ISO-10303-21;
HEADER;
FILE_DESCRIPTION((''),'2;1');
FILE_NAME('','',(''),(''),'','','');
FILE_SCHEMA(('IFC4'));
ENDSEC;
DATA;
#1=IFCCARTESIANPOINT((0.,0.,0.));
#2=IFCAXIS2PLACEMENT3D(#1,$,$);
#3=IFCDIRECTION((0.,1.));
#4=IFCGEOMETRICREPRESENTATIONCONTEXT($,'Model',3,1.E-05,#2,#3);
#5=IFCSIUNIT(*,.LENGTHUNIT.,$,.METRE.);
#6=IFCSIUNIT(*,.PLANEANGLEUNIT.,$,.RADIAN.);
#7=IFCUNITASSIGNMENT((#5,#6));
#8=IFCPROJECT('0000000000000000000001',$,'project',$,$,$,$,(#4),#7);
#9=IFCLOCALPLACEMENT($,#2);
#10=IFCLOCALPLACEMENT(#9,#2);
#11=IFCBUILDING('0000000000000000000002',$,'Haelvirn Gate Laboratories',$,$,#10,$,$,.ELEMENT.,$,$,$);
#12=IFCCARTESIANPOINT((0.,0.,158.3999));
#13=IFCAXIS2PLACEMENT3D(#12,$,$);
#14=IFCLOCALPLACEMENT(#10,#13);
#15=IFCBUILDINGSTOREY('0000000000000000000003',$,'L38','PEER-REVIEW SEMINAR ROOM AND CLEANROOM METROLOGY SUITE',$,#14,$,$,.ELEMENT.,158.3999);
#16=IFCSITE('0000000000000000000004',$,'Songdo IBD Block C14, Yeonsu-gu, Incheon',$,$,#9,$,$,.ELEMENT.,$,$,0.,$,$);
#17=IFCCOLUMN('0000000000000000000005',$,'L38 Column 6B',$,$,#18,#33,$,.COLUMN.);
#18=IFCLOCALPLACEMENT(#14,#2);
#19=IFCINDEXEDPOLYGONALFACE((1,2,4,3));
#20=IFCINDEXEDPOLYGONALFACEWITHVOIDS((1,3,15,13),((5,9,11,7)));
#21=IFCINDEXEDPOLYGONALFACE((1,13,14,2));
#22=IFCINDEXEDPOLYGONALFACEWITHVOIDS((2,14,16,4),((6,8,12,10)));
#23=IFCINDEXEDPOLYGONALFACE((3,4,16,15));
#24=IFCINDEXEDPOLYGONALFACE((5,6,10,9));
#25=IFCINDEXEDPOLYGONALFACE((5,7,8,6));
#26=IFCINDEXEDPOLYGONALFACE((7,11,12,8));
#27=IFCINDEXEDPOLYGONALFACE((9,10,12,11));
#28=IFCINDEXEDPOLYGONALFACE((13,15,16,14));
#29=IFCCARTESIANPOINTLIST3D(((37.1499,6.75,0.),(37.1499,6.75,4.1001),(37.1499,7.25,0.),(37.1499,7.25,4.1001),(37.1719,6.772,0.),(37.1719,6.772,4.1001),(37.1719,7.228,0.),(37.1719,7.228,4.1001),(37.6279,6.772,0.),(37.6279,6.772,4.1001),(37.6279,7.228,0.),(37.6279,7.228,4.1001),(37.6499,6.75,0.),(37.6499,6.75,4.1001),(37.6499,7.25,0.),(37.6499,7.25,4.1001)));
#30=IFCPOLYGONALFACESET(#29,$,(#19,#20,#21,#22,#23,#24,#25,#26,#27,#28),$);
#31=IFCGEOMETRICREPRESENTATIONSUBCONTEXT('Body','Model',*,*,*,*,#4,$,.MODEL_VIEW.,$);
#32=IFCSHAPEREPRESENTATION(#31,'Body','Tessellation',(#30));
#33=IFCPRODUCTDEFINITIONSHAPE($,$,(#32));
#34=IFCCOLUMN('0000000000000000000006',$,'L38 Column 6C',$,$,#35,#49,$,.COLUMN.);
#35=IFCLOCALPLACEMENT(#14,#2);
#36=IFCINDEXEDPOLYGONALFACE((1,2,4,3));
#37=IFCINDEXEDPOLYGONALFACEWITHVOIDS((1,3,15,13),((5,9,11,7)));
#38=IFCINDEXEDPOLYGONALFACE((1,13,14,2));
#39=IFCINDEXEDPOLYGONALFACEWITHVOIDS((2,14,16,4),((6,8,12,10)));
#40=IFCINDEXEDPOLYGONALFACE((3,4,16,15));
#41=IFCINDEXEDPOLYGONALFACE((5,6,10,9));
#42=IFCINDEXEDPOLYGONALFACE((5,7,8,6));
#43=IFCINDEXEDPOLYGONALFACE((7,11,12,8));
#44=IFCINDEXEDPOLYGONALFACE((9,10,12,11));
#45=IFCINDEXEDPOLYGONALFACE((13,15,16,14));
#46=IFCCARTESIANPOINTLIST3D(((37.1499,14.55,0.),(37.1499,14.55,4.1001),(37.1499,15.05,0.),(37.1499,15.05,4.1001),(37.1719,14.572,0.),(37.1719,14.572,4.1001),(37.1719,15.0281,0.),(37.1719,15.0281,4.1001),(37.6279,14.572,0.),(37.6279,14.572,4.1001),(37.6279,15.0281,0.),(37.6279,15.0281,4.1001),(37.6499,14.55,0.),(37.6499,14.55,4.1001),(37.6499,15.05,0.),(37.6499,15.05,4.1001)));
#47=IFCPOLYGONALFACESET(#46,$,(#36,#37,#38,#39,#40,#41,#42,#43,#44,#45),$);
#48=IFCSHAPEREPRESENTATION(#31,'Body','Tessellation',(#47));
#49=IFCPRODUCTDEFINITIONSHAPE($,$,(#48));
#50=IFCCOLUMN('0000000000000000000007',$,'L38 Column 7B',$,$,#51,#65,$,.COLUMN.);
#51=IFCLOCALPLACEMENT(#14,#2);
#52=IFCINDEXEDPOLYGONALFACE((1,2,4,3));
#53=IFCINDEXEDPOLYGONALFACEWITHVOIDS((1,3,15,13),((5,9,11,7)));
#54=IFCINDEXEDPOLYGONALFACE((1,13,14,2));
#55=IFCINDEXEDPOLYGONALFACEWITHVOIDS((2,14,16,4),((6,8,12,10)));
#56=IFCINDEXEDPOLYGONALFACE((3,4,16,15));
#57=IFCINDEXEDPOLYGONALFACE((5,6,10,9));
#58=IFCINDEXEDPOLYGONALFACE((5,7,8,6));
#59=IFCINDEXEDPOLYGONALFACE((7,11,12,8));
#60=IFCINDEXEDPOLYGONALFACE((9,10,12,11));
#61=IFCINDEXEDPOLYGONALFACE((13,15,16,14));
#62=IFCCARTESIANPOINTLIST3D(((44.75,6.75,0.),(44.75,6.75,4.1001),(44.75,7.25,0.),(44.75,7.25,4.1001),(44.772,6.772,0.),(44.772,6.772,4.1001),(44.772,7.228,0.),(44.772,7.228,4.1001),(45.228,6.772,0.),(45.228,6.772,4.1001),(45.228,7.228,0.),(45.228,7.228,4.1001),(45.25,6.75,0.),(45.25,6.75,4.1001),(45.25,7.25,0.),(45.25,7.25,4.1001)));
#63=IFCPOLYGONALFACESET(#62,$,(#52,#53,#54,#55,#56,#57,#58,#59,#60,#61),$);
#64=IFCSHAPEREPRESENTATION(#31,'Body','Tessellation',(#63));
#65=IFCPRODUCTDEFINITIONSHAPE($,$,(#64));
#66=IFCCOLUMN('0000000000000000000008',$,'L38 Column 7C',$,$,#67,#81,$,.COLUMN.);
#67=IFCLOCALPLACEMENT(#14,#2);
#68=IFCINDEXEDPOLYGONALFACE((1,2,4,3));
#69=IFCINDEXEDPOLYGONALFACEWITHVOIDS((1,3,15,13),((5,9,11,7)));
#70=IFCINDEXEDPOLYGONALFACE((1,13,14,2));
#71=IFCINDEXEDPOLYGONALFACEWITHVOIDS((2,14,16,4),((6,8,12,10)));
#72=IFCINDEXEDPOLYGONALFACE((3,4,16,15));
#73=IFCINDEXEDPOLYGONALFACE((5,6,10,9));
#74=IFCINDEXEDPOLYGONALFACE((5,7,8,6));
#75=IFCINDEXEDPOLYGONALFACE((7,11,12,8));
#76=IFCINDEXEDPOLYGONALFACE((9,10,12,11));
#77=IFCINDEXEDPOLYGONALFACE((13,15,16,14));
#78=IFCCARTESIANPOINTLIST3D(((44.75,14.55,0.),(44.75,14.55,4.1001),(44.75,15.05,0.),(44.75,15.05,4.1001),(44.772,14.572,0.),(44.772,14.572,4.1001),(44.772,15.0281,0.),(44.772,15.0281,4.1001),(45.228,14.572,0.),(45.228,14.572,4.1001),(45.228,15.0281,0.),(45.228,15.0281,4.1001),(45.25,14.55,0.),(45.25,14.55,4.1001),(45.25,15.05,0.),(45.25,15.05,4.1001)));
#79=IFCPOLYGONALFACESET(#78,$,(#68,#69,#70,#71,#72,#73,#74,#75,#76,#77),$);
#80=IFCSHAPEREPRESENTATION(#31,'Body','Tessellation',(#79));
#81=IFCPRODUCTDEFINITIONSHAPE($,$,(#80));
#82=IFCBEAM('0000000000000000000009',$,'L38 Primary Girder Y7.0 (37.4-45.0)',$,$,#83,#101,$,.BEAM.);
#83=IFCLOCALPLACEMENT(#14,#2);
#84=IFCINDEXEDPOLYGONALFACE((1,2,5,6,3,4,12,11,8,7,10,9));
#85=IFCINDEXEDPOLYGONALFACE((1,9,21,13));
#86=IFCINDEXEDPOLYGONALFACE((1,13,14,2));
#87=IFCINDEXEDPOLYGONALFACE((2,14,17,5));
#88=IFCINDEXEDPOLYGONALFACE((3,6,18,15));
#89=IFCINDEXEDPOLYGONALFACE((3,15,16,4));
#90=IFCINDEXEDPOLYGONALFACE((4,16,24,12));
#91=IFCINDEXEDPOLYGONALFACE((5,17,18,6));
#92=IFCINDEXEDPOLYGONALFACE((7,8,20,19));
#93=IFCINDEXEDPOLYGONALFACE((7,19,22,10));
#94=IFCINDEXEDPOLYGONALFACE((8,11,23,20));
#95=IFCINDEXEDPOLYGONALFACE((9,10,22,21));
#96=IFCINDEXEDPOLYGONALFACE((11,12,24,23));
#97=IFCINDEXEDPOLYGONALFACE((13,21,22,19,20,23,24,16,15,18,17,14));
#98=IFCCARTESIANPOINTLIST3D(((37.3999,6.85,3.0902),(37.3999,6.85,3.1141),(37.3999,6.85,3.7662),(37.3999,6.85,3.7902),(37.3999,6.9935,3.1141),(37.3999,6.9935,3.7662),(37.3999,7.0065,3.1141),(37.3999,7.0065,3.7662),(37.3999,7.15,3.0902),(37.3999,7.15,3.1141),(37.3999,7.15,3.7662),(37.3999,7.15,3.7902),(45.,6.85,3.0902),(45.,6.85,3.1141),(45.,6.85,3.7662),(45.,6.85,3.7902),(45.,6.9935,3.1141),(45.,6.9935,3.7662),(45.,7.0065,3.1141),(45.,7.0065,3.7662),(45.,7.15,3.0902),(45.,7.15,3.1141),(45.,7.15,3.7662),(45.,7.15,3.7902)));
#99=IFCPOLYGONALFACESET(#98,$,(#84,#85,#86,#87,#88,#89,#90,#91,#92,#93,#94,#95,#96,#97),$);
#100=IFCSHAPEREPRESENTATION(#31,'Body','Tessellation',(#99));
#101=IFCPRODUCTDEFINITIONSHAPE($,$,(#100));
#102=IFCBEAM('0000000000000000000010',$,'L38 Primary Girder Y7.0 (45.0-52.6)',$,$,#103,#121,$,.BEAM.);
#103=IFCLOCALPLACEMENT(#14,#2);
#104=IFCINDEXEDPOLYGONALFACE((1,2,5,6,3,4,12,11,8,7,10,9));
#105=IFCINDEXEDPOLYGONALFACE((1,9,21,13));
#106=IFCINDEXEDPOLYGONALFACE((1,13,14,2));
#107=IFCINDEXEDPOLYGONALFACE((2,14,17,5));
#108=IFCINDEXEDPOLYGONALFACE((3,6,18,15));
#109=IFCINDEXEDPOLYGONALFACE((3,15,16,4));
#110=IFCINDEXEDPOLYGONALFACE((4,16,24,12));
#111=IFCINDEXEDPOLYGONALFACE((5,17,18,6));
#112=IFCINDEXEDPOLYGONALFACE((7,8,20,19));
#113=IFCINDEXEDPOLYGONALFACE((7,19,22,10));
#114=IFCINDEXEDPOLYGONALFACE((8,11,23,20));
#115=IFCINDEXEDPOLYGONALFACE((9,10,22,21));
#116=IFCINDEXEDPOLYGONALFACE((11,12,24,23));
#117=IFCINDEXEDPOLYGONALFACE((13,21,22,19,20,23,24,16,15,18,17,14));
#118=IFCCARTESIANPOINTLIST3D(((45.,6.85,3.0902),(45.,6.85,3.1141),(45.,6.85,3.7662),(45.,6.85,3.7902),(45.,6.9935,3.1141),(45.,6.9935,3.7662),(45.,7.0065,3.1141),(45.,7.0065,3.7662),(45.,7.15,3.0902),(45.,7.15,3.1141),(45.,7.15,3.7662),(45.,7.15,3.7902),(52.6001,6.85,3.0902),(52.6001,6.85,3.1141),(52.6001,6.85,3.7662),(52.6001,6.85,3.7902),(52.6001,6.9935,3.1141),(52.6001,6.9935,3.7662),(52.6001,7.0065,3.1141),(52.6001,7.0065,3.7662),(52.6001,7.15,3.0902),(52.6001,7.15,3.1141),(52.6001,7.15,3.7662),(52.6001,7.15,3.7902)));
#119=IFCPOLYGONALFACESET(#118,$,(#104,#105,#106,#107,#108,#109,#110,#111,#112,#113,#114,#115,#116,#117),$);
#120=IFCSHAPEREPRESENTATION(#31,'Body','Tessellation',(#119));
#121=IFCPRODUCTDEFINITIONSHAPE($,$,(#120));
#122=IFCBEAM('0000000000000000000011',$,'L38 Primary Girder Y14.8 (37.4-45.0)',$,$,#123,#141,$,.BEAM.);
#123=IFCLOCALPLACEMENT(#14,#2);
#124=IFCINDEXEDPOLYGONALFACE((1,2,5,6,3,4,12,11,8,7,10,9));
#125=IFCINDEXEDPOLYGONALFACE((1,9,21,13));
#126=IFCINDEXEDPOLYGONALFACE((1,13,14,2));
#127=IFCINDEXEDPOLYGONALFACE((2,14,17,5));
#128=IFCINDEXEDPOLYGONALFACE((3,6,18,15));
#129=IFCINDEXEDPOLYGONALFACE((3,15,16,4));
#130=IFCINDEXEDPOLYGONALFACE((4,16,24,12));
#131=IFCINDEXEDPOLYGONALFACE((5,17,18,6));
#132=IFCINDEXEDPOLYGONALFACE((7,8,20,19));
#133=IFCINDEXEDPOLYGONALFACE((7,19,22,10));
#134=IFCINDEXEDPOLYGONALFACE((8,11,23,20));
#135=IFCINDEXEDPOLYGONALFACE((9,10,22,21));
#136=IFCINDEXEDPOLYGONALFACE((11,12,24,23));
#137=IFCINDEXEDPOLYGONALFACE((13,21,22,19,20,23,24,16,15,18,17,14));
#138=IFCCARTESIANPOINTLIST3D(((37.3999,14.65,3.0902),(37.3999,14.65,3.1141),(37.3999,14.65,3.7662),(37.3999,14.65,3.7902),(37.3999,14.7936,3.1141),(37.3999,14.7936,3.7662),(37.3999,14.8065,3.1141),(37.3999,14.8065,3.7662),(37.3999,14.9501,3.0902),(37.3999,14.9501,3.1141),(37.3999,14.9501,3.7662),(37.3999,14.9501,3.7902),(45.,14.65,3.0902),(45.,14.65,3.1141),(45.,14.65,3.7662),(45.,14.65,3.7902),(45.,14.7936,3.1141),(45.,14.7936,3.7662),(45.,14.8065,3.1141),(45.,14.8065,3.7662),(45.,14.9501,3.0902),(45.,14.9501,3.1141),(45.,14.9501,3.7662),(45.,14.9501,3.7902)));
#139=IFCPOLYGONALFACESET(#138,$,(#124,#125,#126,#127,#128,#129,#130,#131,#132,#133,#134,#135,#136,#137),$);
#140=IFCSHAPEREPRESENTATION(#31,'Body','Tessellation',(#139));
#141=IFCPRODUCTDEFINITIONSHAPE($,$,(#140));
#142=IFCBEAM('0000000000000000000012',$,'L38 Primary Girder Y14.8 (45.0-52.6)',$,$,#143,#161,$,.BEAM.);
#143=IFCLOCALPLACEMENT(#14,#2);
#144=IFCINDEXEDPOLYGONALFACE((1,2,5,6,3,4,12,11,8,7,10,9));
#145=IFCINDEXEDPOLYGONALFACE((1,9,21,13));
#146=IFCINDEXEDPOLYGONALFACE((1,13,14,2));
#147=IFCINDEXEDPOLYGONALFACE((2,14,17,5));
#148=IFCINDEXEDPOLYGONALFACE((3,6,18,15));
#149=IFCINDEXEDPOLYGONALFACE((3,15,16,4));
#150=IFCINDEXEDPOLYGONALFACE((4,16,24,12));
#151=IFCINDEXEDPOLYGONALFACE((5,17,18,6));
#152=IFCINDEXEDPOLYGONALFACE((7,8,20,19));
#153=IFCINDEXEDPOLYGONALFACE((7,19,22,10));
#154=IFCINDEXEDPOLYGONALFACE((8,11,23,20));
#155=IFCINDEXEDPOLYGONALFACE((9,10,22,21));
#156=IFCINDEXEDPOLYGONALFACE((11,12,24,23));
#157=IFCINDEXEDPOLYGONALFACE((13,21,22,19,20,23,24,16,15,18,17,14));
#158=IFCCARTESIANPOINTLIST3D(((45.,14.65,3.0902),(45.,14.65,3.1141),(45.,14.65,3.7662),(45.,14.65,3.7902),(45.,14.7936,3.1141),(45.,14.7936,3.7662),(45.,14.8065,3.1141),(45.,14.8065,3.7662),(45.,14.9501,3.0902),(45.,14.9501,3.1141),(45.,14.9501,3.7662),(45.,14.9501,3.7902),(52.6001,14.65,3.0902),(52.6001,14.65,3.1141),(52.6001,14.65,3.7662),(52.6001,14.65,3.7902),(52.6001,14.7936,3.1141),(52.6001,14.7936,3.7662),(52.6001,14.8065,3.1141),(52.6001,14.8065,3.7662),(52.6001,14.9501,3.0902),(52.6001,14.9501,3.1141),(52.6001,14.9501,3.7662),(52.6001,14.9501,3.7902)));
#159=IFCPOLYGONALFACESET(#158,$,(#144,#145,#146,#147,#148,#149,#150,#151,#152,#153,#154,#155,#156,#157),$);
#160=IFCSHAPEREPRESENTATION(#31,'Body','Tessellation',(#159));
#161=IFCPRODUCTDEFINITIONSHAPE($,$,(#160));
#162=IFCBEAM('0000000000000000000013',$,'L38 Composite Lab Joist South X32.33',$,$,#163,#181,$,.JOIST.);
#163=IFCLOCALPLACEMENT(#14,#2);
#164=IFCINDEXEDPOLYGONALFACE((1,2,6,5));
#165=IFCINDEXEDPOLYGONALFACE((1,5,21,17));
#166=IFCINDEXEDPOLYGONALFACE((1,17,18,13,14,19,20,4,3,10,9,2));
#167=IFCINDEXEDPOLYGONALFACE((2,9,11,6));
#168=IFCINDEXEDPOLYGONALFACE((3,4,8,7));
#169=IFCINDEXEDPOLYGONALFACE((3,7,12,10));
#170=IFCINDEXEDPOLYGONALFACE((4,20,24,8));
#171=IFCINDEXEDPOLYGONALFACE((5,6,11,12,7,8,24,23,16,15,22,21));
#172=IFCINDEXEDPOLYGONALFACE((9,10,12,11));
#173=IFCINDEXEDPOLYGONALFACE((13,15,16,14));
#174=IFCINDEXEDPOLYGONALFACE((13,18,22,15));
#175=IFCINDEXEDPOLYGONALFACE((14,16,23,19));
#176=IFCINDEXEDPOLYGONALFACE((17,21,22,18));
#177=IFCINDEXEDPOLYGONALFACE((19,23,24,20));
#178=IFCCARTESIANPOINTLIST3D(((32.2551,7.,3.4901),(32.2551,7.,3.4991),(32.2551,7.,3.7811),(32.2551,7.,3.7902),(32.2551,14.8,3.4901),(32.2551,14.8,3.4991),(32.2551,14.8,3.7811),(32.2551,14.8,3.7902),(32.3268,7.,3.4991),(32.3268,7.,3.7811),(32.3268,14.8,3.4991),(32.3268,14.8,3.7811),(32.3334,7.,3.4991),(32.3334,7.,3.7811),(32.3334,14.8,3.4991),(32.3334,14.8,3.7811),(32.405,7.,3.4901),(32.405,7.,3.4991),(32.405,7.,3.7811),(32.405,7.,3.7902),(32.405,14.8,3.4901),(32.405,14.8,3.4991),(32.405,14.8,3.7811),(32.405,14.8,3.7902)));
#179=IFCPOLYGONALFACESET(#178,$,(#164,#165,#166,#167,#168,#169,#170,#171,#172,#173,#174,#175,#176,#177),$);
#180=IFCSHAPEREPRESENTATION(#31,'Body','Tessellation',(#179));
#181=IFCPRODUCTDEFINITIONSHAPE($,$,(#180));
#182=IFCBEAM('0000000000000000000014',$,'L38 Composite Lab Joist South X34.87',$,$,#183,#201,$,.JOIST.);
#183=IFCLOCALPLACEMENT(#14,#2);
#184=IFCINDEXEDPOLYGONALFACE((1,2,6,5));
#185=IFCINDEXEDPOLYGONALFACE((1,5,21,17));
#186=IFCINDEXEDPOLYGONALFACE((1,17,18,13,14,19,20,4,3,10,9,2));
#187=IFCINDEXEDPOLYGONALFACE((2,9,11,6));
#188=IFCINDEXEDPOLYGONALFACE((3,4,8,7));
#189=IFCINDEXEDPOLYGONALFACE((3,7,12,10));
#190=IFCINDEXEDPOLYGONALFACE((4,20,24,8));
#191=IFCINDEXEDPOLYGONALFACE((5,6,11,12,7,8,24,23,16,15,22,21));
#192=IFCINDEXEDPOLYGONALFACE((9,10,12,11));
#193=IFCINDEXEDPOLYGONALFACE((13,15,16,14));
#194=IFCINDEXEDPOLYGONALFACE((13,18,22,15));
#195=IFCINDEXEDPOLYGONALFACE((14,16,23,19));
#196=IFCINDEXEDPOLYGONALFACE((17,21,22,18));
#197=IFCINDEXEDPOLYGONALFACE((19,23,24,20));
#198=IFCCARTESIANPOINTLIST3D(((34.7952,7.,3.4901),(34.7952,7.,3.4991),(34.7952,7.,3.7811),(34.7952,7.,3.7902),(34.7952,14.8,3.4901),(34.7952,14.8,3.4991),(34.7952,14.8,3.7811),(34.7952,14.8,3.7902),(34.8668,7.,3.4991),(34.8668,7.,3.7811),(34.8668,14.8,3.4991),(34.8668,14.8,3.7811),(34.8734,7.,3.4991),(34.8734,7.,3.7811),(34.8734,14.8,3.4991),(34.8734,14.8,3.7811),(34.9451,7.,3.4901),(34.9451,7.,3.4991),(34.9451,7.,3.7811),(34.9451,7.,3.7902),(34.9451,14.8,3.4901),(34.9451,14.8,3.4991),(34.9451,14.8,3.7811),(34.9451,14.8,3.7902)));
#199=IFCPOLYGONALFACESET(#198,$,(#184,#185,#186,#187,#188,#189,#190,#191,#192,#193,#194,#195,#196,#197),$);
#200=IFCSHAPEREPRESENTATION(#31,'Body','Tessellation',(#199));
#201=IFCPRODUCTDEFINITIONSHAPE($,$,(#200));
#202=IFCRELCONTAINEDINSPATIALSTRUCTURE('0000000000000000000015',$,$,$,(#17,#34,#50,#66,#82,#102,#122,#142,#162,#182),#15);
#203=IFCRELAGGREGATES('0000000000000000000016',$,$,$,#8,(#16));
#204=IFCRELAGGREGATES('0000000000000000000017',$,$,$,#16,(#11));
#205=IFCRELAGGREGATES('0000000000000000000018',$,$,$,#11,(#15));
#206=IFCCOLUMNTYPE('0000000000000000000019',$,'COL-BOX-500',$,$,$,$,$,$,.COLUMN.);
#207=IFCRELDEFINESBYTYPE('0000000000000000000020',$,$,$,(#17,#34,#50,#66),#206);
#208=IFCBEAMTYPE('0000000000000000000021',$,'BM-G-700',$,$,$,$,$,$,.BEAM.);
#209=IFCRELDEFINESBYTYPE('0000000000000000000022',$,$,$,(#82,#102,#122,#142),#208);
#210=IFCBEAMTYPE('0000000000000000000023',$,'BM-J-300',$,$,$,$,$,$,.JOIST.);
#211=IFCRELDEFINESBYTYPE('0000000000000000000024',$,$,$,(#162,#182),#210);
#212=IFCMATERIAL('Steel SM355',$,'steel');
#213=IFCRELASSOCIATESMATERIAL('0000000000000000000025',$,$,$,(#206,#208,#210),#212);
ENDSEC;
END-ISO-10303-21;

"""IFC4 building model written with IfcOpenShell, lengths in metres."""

from ifc_helpers import new_model, si_unit, direction, frame, origin, origin_2d, place, context, subcontext, project, spatial, hollow_rectangle, i_section, extrude, source, transform, mapped, material, material_profile, profile_set, type_object, type_shapes, element, save


model = new_model("IFC4")

# Units and contexts
model_context = context("Model", 3, precision=1e-05, world=origin(), true_north=direction((0.0, 1.0)))
body_context = subcontext(model_context, "Body", "Model", "MODEL_VIEW")
ifc_project = project(units=[si_unit("LENGTHUNIT", "METRE"), si_unit("PLANEANGLEUNIT", "RADIAN")], contexts=[model_context])

# Site, building, storey
site_placement = place(None, origin())
site = spatial("IfcSite", under=ifc_project, at=site_placement, Name="Songdo IBD Block C14, Yeonsu-gu, Incheon", CompositionType="ELEMENT", RefElevation=0.0)
building_placement = place(site_placement, origin())
building = spatial("IfcBuilding", under=site, at=building_placement, Name="Haelvirn Gate Laboratories", CompositionType="ELEMENT")
storey_placement = place(building_placement, frame((0.0, 0.0, 158.3999)))
storey = spatial("IfcBuildingStorey", under=building, at=storey_placement, Name="L38", Description="PEER-REVIEW SEMINAR ROOM AND CLEANROOM METROLOGY SUITE", CompositionType="ELEMENT", Elevation=158.3999)

# Columns
ifc_material_1 = material(Name="Steel SM355", Category="steel")
ifc_material_profile_1 = material_profile(ifc_material_1, hollow_rectangle(XDim=0.5, YDim=0.5, WallThickness=0.022, at=origin_2d()), Name="BOX-500x500x22")
ifc_profile_set_1 = profile_set([ifc_material_profile_1], Name="Steel SM355")
column_type = type_object("IfcColumnType", Name="COL-BOX-500", PredefinedType="COLUMN", material=ifc_profile_set_1)
shared_shape_1 = source(origin(), body_context, "Body", "SweptSolid", [
    extrude(hollow_rectangle(XDim=0.5, YDim=0.5, WallThickness=0.022, at=origin_2d()), origin(), (0.0, 0.0, 1.0), 4.1001),
])
type_shapes(column_type, [shared_shape_1])
for number, where, z_axis, x_axis, name in (
    (1, (37.3999, 7.0, 0.0), (0.0, 0.0, 1.0), (1.0, 0.0, 0.0), "L38 Column 6B"),
    (2, (37.3999, 14.8, 0.0), (0.0, 0.0, 1.0), (1.0, 0.0, 0.0), "L38 Column 6C"),
    (3, (45.0, 7.0, 0.0), (0.0, 0.0, 1.0), (1.0, 0.0, 0.0), "L38 Column 7B"),
    (4, (45.0, 14.8, 0.0), (0.0, 0.0, 1.0), (1.0, 0.0, 0.0), "L38 Column 7C"),
):
    element("IfcColumn", number, at=place(storey_placement, frame(where, z_axis=z_axis, x_axis=x_axis)), inside=storey, type_object=column_type, Name=name, PredefinedType="COLUMN", context=body_context, shape_type="MappedRepresentation", body=[
        mapped(shared_shape_1, transform((0.0, 0.0, 0.0), scale=1.0)),
    ])

# Beams
ifc_material_profile_2 = material_profile(ifc_material_1, i_section(OverallWidth=0.3, OverallDepth=0.7, WebThickness=0.0129, FlangeThickness=0.0239, at=origin_2d()), Name="H-700x300x13x24")
ifc_profile_set_2 = profile_set([ifc_material_profile_2], Name="Steel SM355")
beam_type_1 = type_object("IfcBeamType", Name="BM-G-700", PredefinedType="BEAM", material=ifc_profile_set_2)
shared_shape_2 = source(origin(), body_context, "Body", "SweptSolid", [
    extrude(i_section(OverallWidth=0.3, OverallDepth=0.7, WebThickness=0.0129, FlangeThickness=0.0239, at=origin_2d()), origin(), (0.0, 0.0, 1.0), 7.6001),
])
type_shapes(beam_type_1, [shared_shape_2])
for number, where, z_axis, x_axis, name in (
    (5, (37.3999, 7.0, 3.4402), (1.0, 0.0, 0.0), (0.0, 1.0, 0.0), "L38 Primary Girder Y7.0 (37.4-45.0)"),
    (6, (45.0, 7.0, 3.4402), (1.0, 0.0, 0.0), (0.0, 1.0, 0.0), "L38 Primary Girder Y7.0 (45.0-52.6)"),
    (7, (37.3999, 14.8, 3.4402), (1.0, 0.0, 0.0), (0.0, 1.0, 0.0), "L38 Primary Girder Y14.8 (37.4-45.0)"),
    (8, (45.0, 14.8, 3.4402), (1.0, 0.0, 0.0), (0.0, 1.0, 0.0), "L38 Primary Girder Y14.8 (45.0-52.6)"),
):
    element("IfcBeam", number, at=place(storey_placement, frame(where, z_axis=z_axis, x_axis=x_axis)), inside=storey, type_object=beam_type_1, Name=name, PredefinedType="BEAM", context=body_context, shape_type="MappedRepresentation", body=[
        mapped(shared_shape_2, transform((0.0, 0.0, 0.0), scale=1.0)),
    ])
ifc_material_profile_3 = material_profile(ifc_material_1, i_section(OverallWidth=0.1499, OverallDepth=0.3, WebThickness=0.0066, FlangeThickness=0.009, at=origin_2d()), Name="H-300x150x6.5x9")
ifc_profile_set_3 = profile_set([ifc_material_profile_3], Name="Steel SM355")
beam_type_2 = type_object("IfcBeamType", Name="BM-J-300", PredefinedType="JOIST", material=ifc_profile_set_3)
shared_shape_3 = source(origin(), body_context, "Body", "SweptSolid", [
    extrude(i_section(OverallWidth=0.1499, OverallDepth=0.3, WebThickness=0.0066, FlangeThickness=0.009, at=origin_2d()), origin(), (0.0, 0.0, 1.0), 7.8),
])
type_shapes(beam_type_2, [shared_shape_3])
for number, where, z_axis, x_axis, name in (
    (9, (32.3301, 7.0, 3.6401), (0.0, 1.0, 0.0), (-1.0, 0.0, 0.0), "L38 Composite Lab Joist South X32.33"),
    (10, (34.8701, 7.0, 3.6401), (0.0, 1.0, 0.0), (-1.0, 0.0, 0.0), "L38 Composite Lab Joist South X34.87"),
):
    element("IfcBeam", number, at=place(storey_placement, frame(where, z_axis=z_axis, x_axis=x_axis)), inside=storey, type_object=beam_type_2, Name=name, PredefinedType="JOIST", context=body_context, shape_type="MappedRepresentation", body=[
        mapped(shared_shape_3, transform((0.0, 0.0, 0.0), scale=1.0)),
    ])

save(model, "model.ifc")
